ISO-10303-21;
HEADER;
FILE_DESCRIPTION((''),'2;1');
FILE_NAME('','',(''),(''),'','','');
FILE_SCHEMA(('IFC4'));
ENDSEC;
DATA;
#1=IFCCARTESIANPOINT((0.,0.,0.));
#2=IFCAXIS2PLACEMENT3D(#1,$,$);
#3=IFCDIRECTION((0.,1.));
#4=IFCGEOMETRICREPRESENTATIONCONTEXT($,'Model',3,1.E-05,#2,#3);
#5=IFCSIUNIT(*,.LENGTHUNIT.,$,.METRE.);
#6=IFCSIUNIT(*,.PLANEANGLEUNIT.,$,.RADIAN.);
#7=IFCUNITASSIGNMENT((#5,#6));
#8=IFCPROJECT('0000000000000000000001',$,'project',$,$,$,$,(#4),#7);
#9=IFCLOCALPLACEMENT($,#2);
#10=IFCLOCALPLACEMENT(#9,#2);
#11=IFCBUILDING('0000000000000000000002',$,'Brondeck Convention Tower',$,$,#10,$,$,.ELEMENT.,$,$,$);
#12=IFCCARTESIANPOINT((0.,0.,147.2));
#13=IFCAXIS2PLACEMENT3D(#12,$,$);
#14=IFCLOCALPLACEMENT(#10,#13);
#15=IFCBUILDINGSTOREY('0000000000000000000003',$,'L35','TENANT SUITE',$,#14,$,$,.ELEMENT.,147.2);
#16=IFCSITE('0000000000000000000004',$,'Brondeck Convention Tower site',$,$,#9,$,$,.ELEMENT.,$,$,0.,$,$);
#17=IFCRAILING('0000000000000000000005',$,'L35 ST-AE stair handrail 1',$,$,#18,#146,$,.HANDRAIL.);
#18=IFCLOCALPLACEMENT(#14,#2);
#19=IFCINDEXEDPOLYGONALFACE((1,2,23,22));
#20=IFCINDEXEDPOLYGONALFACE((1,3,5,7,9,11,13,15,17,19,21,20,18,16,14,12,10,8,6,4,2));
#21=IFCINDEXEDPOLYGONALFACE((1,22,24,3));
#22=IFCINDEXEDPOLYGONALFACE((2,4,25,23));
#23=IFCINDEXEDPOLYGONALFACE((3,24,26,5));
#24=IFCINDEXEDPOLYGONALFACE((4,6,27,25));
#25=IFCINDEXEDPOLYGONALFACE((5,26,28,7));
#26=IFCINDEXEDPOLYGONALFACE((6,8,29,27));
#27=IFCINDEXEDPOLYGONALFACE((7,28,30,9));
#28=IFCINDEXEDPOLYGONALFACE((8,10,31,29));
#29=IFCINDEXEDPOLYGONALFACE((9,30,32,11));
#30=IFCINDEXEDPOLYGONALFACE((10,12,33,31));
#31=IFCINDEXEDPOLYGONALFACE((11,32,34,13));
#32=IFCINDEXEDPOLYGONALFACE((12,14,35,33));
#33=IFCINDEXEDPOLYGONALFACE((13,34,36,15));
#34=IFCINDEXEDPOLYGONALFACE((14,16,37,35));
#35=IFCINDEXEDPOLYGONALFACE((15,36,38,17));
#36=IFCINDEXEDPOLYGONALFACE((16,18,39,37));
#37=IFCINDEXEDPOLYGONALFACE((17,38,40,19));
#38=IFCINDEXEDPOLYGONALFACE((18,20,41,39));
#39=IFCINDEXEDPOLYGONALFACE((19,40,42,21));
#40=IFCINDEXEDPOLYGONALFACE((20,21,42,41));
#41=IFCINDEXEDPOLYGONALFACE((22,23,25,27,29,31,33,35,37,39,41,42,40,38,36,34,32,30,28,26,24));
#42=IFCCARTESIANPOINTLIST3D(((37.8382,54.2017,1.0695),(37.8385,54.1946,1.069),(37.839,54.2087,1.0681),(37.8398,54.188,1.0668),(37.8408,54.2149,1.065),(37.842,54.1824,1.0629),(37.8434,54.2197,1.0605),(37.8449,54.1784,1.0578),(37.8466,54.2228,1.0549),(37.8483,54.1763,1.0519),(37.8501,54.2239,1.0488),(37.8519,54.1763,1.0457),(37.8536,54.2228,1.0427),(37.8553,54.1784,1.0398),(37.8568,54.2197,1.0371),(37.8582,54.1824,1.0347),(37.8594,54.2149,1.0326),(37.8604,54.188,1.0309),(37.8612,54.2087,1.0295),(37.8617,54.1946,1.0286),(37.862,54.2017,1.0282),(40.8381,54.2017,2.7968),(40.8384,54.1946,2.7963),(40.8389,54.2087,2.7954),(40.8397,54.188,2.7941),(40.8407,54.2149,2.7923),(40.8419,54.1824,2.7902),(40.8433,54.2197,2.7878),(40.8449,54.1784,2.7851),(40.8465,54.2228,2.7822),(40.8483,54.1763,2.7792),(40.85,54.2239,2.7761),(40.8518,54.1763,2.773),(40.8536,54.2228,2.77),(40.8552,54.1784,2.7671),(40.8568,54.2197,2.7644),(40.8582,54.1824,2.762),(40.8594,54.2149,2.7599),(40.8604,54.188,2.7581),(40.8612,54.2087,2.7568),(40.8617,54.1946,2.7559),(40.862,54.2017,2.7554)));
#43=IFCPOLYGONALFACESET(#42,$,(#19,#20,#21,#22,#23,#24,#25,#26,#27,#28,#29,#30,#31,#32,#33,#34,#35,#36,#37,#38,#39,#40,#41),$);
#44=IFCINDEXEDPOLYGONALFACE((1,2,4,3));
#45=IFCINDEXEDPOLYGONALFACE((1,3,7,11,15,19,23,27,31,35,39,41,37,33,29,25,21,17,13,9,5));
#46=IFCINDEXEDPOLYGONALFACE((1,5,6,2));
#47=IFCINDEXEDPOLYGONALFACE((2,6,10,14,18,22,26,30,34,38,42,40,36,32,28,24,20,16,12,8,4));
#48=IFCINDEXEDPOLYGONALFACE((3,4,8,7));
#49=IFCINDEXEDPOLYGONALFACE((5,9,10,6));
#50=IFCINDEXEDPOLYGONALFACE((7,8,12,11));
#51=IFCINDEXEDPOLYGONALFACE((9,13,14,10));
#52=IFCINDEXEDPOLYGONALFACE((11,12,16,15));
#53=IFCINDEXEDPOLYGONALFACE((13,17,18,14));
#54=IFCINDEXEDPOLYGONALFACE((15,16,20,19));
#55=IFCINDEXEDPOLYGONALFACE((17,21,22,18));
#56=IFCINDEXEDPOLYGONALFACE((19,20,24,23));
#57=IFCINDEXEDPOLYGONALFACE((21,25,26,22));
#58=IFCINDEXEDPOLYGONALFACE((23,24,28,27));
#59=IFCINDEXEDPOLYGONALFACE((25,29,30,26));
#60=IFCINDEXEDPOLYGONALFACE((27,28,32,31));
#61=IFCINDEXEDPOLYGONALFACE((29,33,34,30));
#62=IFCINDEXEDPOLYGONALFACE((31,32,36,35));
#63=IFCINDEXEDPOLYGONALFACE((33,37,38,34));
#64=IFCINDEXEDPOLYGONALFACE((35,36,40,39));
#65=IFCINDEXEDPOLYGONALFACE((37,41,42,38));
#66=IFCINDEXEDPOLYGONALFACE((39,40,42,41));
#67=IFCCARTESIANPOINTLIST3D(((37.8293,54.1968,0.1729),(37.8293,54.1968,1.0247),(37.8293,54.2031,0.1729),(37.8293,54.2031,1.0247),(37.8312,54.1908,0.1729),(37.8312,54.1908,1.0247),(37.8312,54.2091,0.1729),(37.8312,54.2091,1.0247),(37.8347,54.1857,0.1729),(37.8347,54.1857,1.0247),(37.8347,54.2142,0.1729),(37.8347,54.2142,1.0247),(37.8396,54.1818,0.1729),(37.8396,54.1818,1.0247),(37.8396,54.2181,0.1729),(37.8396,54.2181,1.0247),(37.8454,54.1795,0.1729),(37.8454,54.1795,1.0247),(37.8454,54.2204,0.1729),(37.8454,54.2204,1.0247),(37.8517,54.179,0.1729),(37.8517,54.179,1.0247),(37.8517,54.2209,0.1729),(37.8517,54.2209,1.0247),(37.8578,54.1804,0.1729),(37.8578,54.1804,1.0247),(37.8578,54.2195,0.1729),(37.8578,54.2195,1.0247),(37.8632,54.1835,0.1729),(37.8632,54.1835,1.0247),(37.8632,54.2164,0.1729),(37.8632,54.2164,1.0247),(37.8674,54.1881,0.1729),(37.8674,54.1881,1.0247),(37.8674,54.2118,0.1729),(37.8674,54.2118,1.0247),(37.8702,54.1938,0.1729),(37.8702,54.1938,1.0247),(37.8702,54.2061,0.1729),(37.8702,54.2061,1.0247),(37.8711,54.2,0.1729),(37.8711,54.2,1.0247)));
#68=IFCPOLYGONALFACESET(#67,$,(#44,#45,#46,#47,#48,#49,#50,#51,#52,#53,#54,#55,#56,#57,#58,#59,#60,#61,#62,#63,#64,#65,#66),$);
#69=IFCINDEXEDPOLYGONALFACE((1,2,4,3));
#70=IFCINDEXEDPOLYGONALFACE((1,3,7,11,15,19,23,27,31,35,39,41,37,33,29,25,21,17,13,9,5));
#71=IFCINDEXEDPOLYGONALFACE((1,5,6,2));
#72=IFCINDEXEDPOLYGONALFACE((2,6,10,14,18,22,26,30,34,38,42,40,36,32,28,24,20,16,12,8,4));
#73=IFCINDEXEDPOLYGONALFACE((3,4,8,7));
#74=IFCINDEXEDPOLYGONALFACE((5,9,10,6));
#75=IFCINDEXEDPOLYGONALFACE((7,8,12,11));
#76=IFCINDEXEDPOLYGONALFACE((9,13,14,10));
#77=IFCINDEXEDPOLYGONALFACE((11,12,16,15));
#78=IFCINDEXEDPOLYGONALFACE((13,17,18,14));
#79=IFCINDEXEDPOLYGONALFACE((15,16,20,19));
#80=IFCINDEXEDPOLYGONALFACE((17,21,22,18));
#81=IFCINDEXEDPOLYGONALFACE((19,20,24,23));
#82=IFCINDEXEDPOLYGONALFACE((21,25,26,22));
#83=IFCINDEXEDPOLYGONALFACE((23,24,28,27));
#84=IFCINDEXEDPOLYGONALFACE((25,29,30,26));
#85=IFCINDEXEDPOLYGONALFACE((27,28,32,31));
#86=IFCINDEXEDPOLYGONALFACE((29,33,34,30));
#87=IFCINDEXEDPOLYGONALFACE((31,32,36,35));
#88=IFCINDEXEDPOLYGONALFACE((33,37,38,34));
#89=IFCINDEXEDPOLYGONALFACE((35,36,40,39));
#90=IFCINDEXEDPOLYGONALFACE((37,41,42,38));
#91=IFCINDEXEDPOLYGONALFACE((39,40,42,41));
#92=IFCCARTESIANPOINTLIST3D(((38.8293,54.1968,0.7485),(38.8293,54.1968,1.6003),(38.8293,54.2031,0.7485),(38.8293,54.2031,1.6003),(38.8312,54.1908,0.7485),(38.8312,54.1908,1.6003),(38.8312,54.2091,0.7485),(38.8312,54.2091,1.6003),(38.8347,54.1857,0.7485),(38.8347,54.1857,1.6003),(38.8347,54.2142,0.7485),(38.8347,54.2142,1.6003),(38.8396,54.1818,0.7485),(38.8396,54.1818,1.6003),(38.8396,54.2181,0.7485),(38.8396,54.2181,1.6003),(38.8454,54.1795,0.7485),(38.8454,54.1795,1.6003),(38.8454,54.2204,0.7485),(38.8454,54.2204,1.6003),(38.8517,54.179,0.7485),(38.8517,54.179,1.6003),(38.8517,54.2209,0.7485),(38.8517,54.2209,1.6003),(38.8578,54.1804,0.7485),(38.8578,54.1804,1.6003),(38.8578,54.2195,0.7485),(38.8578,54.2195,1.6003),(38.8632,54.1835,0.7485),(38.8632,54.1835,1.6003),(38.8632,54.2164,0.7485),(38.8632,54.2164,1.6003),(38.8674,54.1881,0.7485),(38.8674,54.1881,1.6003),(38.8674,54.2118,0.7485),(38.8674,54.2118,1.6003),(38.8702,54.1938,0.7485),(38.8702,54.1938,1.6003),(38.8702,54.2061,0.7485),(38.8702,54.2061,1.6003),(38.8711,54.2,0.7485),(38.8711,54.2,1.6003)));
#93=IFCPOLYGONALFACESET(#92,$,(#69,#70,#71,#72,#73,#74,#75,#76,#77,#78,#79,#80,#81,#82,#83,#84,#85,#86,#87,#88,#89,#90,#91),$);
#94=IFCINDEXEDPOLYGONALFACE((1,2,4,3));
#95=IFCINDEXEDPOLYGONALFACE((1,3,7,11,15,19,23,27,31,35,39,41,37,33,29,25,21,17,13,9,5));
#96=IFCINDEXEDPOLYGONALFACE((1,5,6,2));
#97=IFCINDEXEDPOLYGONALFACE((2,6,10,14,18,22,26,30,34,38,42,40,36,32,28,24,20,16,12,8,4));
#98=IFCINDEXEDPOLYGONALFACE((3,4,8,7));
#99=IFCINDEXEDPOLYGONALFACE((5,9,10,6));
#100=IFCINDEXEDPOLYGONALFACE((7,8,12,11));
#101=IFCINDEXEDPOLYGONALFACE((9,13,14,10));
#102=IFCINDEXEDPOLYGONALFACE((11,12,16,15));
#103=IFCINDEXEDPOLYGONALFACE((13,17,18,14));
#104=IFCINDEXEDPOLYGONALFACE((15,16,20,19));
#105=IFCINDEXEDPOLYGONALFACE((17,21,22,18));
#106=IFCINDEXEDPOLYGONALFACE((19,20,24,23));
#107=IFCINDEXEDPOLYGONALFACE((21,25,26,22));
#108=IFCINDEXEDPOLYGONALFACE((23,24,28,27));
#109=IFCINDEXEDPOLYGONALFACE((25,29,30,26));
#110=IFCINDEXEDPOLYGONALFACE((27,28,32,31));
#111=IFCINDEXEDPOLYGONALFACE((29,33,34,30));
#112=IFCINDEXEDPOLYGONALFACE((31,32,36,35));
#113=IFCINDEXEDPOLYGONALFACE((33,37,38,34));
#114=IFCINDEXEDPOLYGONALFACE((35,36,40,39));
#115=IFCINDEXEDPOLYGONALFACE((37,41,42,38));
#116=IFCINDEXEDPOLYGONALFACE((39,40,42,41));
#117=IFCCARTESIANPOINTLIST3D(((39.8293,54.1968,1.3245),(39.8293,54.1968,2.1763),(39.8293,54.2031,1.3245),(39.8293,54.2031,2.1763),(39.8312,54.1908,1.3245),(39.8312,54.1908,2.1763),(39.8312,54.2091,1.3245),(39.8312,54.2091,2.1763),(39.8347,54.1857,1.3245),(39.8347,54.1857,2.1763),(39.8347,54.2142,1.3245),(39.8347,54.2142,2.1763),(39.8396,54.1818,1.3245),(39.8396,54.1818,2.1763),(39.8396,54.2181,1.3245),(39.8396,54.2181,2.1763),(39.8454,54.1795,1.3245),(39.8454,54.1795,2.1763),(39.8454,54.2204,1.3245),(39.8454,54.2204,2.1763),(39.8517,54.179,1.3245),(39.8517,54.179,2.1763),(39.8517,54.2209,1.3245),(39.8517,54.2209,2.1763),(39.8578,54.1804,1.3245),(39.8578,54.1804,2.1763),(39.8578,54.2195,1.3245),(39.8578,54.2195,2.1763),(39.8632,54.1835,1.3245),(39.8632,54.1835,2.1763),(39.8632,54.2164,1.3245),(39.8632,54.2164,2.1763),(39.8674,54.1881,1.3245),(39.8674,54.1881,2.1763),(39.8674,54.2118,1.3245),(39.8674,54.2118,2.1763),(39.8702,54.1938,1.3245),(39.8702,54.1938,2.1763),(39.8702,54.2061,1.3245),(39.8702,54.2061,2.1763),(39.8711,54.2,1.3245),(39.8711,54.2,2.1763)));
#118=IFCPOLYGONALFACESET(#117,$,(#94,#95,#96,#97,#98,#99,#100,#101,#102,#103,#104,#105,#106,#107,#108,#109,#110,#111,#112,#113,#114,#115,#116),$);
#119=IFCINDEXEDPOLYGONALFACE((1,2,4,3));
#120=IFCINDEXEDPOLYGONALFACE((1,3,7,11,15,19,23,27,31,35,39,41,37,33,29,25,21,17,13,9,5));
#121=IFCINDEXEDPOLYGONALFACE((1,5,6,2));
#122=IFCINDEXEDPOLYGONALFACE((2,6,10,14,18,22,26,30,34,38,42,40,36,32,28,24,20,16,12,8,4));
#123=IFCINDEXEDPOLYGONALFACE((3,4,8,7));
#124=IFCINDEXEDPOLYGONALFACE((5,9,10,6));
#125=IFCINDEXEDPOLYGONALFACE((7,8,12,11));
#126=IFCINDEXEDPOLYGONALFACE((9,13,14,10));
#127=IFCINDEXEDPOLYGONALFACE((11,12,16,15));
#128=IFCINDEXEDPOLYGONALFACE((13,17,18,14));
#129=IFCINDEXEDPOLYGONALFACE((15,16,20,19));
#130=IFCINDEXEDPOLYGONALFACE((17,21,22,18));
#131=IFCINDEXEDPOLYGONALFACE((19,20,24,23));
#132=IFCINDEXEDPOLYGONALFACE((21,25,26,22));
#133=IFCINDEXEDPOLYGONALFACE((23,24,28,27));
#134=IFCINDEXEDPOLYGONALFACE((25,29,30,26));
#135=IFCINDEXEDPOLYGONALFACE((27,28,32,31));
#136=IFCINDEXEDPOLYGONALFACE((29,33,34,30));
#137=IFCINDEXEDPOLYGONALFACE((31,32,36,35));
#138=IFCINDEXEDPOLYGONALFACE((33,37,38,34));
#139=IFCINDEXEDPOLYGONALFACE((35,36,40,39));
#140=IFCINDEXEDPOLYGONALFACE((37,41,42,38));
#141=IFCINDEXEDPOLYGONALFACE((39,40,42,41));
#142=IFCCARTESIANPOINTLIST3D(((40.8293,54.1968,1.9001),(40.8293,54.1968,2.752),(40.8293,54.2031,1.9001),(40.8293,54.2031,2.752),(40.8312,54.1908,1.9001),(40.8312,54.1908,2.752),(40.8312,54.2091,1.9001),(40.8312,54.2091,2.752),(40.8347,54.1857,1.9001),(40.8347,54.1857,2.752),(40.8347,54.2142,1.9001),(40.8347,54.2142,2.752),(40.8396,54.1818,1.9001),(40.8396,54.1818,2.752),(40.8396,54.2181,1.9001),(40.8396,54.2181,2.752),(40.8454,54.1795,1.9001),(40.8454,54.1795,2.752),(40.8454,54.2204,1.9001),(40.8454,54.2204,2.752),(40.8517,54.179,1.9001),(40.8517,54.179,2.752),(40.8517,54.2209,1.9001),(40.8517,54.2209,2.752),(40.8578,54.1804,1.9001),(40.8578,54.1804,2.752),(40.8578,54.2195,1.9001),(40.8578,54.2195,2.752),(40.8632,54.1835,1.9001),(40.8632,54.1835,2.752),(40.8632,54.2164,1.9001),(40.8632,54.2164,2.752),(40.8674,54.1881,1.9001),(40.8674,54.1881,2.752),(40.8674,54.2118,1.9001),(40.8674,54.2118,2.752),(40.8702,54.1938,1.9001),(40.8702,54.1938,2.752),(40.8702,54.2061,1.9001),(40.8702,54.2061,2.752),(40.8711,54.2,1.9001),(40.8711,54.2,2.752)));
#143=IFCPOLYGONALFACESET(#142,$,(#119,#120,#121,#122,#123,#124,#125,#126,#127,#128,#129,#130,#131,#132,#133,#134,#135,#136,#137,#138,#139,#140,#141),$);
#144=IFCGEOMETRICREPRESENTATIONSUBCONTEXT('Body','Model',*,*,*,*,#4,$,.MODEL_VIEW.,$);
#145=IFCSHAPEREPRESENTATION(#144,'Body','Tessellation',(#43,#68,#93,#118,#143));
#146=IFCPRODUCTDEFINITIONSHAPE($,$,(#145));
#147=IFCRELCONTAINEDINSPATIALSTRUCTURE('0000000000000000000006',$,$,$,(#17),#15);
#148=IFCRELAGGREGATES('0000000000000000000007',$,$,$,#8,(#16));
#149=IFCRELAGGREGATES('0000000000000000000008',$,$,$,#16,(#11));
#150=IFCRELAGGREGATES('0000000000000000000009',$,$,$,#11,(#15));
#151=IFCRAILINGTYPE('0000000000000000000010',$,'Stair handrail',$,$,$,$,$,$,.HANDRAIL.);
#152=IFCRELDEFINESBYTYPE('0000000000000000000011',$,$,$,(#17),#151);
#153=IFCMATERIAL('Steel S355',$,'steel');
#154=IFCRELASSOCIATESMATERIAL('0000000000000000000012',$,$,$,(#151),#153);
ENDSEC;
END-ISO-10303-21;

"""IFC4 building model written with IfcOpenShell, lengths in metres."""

from ifc_helpers import new_model, si_unit, direction, frame, origin, origin_2d, place, context, subcontext, project, spatial, circle, extrude, material, type_object, element, save


model = new_model("IFC4")

# Units and contexts
model_context = context("Model", 3, precision=1e-05, world=origin(), true_north=direction((0.0, 1.0)))
body_context = subcontext(model_context, "Body", "Model", "MODEL_VIEW")
ifc_project = project(units=[si_unit("LENGTHUNIT", "METRE"), si_unit("PLANEANGLEUNIT", "RADIAN")], contexts=[model_context])

# Site, building, storey
site_placement = place(None, origin())
site = spatial("IfcSite", under=ifc_project, at=site_placement, Name="Brondeck Convention Tower site", CompositionType="ELEMENT", RefElevation=0.0)
building_placement = place(site_placement, origin())
building = spatial("IfcBuilding", under=site, at=building_placement, Name="Brondeck Convention Tower", CompositionType="ELEMENT")
storey_placement = place(building_placement, frame((0.0, 0.0, 147.2)))
storey = spatial("IfcBuildingStorey", under=building, at=storey_placement, Name="L35", Description="TENANT SUITE", CompositionType="ELEMENT", Elevation=147.2)

# Shared definitions
ifc_material_1 = material(Name="Steel S355", Category="steel")

# Railing
railing_type_1 = type_object("IfcRailingType", Name="Stair handrail", PredefinedType="HANDRAIL", material=ifc_material_1)
railing_1_placement = place(storey_placement, frame((37.8501, 54.2, 0.1729)))
element("IfcRailing", 1, at=railing_1_placement, inside=storey, type_object=railing_type_1, Name="L35 ST-AE stair handrail 1", PredefinedType="HANDRAIL", context=body_context, shape_type="SweptSolid", body=[
    extrude(circle(Radius=0.0239, at=origin_2d()), frame((0.0, 0.0, 0.876), z_axis=(0.86662, 0.0, 0.498969), x_axis=(0.0, 1.0, 0.0)), (0.0, 0.0, 1.0), 3.4617),
    extrude(circle(Radius=0.021, at=origin_2d()), origin(), (0.0, 0.0, 1.0), 0.8518),
    extrude(circle(Radius=0.021, at=origin_2d()), frame((1.0, 0.0, 0.5757)), (0.0, 0.0, 1.0), 0.8518),
    extrude(circle(Radius=0.021, at=origin_2d()), frame((2.0, 0.0, 1.1516)), (0.0, 0.0, 1.0), 0.8518),
    extrude(circle(Radius=0.021, at=origin_2d()), frame((3.0, 0.0, 1.7273)), (0.0, 0.0, 1.0), 0.8518),
])

save(model, "model.ifc")
